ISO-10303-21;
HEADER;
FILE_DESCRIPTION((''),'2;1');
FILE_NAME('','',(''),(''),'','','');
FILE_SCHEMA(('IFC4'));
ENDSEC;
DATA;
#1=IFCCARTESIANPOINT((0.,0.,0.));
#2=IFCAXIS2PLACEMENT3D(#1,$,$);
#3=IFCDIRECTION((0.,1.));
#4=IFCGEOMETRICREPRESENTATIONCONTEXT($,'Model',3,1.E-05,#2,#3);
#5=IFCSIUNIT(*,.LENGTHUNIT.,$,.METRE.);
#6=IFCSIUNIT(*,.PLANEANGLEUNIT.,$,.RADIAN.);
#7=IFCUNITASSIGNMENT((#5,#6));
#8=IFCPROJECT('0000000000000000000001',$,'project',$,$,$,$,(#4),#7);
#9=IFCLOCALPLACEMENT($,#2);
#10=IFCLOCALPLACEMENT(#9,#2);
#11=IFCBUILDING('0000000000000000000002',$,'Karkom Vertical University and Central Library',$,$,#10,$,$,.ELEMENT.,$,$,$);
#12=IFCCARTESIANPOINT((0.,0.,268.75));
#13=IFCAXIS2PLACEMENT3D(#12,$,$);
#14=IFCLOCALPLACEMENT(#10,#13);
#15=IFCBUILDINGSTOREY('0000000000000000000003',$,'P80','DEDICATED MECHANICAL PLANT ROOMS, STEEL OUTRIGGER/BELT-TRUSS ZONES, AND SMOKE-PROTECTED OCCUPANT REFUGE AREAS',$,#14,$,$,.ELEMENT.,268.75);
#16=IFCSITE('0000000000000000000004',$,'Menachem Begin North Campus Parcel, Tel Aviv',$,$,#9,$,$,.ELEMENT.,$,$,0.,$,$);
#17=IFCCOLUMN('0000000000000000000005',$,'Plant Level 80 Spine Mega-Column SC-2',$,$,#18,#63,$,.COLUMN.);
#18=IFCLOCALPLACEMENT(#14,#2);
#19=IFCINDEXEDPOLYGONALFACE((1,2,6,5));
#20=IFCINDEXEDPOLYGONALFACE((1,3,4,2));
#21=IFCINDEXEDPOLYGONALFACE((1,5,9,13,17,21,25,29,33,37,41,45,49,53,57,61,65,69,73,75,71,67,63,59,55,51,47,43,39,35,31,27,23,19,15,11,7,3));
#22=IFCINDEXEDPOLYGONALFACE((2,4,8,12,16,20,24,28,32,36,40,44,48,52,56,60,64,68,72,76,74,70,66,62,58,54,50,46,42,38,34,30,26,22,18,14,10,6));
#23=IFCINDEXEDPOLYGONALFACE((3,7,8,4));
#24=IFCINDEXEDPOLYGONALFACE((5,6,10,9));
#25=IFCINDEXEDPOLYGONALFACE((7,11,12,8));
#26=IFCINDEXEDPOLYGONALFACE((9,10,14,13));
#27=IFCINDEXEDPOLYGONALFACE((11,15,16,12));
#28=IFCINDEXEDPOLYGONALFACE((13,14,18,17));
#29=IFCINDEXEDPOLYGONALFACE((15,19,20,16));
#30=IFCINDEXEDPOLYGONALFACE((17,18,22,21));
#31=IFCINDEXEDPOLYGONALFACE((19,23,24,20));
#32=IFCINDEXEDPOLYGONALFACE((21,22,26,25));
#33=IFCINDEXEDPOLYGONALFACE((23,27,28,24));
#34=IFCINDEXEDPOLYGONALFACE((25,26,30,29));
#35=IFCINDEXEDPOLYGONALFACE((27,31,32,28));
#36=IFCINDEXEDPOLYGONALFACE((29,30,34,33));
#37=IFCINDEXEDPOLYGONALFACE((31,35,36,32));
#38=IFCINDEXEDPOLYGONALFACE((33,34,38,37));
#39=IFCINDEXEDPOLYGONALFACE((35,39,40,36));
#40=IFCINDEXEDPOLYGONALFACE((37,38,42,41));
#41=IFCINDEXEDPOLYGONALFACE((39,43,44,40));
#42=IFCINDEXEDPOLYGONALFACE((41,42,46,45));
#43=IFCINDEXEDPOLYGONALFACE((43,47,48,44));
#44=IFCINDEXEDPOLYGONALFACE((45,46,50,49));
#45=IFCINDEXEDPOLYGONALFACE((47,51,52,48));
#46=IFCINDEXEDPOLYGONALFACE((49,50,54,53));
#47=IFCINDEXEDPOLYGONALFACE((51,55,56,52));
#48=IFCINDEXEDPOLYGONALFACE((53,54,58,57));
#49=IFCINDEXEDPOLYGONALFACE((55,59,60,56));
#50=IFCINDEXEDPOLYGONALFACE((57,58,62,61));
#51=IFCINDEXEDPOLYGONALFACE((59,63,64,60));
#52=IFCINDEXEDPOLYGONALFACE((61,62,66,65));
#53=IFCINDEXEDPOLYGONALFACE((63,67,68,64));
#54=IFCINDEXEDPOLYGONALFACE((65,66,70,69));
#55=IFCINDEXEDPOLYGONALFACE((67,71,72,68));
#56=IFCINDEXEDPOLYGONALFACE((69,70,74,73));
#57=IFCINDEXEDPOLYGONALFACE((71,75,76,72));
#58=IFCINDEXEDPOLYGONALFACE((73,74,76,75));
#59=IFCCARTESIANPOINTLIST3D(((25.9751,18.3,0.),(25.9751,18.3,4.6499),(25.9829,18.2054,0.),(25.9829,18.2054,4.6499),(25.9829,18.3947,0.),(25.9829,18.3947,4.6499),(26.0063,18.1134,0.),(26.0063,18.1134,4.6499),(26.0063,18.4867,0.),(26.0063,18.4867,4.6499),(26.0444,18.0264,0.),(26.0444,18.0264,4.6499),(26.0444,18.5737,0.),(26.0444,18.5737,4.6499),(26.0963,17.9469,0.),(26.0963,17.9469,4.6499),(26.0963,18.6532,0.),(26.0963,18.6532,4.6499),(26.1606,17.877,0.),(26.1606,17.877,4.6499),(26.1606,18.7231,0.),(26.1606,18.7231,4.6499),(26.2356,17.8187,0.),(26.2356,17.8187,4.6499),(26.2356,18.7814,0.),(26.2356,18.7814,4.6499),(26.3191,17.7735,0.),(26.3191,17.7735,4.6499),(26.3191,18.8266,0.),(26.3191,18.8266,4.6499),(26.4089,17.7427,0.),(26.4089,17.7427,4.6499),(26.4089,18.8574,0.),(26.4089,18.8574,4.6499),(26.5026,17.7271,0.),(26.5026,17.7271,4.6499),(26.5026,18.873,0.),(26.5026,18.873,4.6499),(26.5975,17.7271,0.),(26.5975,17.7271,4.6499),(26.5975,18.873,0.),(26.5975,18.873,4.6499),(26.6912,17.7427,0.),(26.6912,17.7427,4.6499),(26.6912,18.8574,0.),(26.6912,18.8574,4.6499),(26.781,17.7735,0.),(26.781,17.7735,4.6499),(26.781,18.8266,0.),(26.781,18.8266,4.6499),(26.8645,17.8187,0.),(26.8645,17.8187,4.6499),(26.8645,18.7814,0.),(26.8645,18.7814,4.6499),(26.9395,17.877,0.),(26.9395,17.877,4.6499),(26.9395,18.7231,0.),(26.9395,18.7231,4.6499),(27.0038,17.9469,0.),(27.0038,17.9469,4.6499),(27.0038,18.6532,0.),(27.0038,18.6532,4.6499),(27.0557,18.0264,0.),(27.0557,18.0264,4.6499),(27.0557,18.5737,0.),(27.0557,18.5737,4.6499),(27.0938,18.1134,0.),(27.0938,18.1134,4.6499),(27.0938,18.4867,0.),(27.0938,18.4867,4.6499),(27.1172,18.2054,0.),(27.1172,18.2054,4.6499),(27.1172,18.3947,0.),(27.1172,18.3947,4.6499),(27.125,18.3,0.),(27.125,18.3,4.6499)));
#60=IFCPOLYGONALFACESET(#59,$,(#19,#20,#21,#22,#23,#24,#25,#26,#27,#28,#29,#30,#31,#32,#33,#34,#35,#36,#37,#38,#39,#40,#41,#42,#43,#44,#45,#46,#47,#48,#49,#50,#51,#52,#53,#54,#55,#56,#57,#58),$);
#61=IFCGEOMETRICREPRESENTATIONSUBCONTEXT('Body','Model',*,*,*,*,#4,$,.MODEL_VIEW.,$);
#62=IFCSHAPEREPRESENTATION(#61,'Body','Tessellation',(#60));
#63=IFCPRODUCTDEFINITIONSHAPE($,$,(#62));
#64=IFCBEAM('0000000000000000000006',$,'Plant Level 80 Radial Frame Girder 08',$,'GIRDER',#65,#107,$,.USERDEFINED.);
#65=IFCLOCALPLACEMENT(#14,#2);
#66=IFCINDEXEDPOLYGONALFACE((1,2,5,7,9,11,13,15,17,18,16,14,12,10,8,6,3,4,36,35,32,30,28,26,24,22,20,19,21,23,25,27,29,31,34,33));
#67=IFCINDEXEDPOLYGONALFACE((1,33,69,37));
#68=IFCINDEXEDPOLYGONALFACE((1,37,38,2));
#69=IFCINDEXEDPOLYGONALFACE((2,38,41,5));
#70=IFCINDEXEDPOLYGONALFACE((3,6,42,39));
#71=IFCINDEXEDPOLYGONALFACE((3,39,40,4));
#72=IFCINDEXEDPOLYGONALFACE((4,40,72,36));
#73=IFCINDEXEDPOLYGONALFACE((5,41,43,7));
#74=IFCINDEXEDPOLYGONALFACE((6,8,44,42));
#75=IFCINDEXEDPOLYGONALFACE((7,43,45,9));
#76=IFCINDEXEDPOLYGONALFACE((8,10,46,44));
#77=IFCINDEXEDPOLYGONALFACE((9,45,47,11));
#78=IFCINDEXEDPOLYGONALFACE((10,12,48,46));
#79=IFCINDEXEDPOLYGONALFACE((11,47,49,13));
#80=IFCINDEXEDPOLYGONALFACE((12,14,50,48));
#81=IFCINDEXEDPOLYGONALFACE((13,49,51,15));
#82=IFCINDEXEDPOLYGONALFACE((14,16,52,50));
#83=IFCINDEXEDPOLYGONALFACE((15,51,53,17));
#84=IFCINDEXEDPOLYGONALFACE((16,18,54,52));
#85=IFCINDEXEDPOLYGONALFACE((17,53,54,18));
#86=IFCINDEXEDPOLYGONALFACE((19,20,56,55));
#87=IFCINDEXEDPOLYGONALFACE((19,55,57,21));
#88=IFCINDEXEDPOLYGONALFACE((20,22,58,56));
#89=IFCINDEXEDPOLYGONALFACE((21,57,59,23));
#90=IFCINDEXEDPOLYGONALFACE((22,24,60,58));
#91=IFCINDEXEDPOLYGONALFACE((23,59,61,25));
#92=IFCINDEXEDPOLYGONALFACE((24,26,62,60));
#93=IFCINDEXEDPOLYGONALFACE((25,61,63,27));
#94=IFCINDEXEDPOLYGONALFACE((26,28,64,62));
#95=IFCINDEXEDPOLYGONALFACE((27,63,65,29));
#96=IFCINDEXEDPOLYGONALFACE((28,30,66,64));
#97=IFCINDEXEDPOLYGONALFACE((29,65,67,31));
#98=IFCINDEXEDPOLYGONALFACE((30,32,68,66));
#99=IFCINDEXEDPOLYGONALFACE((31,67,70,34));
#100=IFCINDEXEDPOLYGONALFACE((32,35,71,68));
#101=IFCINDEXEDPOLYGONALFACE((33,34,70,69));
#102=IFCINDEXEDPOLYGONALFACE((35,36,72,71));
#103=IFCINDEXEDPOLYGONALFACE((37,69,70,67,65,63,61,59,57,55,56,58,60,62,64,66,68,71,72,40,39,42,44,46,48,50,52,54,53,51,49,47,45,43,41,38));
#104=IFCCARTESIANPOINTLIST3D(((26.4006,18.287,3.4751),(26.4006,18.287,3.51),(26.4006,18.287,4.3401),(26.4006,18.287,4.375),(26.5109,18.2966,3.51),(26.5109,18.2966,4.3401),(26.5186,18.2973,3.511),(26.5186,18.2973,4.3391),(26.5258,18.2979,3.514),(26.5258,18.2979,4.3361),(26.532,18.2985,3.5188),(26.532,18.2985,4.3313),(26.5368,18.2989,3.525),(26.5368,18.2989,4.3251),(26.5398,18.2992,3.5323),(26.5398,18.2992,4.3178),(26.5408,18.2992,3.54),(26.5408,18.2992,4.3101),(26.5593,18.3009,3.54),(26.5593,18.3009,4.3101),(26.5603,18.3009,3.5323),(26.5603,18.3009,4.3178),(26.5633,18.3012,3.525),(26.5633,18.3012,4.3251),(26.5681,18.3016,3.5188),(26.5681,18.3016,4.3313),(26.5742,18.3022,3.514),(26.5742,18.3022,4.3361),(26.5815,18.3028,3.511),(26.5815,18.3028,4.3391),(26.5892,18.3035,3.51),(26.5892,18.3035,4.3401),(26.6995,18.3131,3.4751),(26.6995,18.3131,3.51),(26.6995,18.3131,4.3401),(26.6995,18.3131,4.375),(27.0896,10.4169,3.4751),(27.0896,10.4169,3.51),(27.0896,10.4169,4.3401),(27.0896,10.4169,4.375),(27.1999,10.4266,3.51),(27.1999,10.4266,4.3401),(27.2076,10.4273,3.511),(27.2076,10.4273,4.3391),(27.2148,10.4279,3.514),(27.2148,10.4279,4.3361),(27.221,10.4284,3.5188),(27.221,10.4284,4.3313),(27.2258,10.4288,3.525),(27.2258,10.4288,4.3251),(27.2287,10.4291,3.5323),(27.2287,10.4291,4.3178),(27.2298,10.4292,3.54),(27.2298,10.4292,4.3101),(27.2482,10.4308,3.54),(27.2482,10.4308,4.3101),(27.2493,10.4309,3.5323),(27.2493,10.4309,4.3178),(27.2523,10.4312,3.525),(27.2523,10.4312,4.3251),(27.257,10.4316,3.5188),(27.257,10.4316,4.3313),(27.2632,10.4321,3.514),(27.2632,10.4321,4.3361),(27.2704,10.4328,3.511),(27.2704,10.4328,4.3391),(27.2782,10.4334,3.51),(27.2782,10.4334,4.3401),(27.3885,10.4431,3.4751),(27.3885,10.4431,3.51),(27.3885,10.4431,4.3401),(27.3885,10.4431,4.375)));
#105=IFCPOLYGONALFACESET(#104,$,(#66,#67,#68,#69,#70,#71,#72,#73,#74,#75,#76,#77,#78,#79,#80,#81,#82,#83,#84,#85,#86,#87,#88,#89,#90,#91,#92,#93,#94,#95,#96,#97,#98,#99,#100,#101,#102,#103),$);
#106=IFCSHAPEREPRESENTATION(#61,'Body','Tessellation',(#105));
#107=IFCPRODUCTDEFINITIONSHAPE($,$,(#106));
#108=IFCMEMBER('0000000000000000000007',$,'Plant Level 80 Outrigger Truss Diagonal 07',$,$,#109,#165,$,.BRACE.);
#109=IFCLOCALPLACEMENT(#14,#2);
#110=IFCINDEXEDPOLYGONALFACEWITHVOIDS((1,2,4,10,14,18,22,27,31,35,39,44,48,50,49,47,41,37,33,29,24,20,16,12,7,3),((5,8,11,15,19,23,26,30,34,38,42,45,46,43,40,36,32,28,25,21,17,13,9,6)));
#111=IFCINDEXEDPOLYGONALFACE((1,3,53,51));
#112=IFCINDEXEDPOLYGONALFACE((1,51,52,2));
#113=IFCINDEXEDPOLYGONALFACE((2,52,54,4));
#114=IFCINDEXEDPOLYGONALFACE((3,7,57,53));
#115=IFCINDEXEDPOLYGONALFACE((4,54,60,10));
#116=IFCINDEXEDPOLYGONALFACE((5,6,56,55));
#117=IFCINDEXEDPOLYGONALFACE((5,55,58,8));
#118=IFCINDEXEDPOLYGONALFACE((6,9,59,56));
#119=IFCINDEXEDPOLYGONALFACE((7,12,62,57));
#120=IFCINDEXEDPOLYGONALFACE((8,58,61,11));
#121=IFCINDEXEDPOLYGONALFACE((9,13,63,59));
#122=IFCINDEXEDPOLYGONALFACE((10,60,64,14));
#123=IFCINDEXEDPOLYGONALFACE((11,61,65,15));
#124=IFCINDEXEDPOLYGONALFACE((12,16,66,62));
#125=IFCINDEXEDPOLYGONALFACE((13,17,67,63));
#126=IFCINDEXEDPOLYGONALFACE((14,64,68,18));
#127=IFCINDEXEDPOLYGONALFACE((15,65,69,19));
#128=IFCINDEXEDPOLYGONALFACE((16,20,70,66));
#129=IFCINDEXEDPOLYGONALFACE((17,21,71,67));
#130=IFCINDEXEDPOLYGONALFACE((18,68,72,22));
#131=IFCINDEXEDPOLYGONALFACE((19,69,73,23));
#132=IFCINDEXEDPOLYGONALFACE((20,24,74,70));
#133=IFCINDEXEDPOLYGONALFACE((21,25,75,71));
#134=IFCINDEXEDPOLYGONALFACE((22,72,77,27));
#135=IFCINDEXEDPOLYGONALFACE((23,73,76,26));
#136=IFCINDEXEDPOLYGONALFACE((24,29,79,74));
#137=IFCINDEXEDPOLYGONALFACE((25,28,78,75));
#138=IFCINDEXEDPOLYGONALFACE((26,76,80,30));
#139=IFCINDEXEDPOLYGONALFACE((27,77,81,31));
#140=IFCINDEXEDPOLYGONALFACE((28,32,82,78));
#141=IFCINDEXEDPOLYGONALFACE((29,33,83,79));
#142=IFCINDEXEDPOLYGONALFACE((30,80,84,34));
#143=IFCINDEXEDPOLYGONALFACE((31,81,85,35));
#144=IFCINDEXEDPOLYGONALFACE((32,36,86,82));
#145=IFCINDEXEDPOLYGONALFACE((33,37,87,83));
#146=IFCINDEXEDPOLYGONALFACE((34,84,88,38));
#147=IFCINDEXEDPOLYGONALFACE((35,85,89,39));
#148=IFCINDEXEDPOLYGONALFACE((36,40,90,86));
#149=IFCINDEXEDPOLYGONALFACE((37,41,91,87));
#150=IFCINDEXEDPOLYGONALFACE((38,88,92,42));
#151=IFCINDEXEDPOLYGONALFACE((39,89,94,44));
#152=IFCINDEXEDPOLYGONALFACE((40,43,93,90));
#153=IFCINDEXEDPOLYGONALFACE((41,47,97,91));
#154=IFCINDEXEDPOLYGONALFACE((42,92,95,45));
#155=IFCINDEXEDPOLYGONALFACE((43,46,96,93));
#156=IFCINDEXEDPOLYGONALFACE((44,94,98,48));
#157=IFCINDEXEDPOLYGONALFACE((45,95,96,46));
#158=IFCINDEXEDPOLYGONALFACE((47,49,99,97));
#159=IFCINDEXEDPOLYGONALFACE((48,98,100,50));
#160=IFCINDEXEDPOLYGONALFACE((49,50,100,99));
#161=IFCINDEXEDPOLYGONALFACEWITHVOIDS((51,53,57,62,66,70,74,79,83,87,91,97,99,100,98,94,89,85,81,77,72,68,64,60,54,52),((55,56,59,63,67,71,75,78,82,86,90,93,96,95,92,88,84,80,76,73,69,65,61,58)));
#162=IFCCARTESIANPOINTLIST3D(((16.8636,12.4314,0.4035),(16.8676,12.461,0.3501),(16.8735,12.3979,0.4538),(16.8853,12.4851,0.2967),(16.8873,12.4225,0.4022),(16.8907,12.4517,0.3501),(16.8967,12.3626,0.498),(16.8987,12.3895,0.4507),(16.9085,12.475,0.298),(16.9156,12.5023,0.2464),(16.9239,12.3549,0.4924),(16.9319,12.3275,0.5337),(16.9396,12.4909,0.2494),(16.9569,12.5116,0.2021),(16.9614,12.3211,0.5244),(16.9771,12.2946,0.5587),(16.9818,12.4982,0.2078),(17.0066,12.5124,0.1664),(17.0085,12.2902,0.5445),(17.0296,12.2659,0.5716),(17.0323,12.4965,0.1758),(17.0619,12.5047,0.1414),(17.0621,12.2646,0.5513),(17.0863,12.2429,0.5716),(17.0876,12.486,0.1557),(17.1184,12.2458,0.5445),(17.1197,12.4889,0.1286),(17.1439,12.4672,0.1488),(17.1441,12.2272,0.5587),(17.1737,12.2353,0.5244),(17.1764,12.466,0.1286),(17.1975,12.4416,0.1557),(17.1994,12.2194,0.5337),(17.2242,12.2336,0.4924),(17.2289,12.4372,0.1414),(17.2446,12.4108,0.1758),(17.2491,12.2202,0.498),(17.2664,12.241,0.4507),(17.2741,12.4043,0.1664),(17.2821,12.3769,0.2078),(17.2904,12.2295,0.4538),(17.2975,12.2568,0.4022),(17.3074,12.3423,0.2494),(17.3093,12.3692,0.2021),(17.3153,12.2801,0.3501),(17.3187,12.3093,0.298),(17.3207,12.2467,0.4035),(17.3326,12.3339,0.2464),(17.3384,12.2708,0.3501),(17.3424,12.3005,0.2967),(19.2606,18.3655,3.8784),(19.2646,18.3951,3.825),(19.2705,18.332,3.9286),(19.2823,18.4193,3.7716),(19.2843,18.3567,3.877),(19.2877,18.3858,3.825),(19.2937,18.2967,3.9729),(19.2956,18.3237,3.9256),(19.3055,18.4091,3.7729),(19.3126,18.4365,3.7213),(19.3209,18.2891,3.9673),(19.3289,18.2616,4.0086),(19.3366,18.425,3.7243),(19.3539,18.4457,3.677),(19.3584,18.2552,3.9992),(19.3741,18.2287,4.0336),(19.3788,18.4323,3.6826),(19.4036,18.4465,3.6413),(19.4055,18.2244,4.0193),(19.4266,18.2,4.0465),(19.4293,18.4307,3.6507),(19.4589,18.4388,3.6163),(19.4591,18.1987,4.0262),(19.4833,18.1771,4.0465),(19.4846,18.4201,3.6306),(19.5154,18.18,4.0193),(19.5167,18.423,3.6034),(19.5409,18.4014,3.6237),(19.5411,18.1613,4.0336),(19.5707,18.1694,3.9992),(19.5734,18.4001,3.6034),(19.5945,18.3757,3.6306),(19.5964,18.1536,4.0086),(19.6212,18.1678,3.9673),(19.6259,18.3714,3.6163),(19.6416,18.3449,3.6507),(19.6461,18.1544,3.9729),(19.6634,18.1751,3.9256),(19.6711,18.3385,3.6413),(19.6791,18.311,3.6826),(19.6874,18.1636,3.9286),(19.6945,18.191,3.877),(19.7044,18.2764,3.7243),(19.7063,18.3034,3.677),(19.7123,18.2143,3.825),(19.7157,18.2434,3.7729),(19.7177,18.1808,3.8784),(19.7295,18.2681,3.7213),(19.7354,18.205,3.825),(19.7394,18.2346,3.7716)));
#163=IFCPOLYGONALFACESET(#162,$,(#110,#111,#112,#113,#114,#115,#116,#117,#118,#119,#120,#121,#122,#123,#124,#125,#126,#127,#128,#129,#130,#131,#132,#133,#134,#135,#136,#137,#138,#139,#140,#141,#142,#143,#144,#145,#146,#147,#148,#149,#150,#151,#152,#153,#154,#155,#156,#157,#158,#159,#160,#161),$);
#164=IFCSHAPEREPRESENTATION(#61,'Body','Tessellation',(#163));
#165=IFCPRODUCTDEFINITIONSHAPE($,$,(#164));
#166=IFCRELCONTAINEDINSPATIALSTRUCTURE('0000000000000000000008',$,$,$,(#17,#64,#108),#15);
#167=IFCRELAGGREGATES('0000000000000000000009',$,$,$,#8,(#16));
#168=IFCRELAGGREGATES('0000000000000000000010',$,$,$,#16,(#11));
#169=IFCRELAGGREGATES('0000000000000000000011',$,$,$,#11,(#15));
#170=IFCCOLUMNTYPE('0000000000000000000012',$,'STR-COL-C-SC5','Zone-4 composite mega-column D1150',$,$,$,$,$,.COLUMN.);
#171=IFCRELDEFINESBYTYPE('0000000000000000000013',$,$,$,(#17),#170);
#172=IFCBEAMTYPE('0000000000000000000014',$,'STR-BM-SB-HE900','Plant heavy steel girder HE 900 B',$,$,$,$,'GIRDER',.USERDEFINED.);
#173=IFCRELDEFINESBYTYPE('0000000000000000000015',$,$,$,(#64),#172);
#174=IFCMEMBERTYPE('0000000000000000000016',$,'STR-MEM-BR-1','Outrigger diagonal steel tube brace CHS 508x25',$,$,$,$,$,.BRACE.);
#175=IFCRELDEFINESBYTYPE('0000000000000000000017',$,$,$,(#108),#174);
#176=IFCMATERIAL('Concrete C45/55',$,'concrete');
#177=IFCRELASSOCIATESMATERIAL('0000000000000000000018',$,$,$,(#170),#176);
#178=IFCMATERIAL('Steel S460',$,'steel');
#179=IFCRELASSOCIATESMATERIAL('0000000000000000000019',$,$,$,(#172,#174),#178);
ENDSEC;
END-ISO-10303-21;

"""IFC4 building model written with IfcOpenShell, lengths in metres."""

from ifc_helpers import new_model, si_unit, direction, frame, origin, origin_with_axes, origin_2d, place, context, subcontext, project, spatial, circle, hollow_circle, i_section, extrude, source, transform, mapped, material, material_profile, profile_set, type_object, element, save


model = new_model("IFC4")

# Units and contexts
model_context = context("Model", 3, precision=1e-05, world=origin(), true_north=direction((0.0, 1.0)))
body_context = subcontext(model_context, "Body", "Model", "MODEL_VIEW")
ifc_project = project(units=[si_unit("LENGTHUNIT", "METRE"), si_unit("PLANEANGLEUNIT", "RADIAN")], contexts=[model_context])

# Site, building, storey
site_placement = place(None, origin())
site = spatial("IfcSite", under=ifc_project, at=site_placement, Name="Menachem Begin North Campus Parcel, Tel Aviv", CompositionType="ELEMENT", RefElevation=0.0)
building_placement = place(site_placement, origin())
building = spatial("IfcBuilding", under=site, at=building_placement, Name="Karkom Vertical University and Central Library", CompositionType="ELEMENT")
storey_placement = place(building_placement, frame((0.0, 0.0, 268.75)))
storey = spatial("IfcBuildingStorey", under=building, at=storey_placement, Name="P80", Description="DEDICATED MECHANICAL PLANT ROOMS, STEEL OUTRIGGER/BELT-TRUSS ZONES, AND SMOKE-PROTECTED OCCUPANT REFUGE AREAS", CompositionType="ELEMENT", Elevation=268.75)

# Column
ifc_material_1 = material(Name="Concrete C45/55", Category="concrete")
ifc_material_profile_1 = material_profile(ifc_material_1, circle(Radius=0.575, at=origin_2d()), Name="CFT-D1150")
ifc_profile_set_1 = profile_set([ifc_material_profile_1], Name="Concrete C45/55")
column_type = type_object("IfcColumnType", Name="STR-COL-C-SC5", Description="Zone-4 composite mega-column D1150", PredefinedType="COLUMN", material=ifc_profile_set_1)
shared_shape_1 = source(origin_with_axes(), body_context, "Body", "SweptSolid", [
    extrude(circle(Radius=0.575, at=origin_2d()), origin(), (0.0, 0.0, 1.0), 4.6499),
])
column_placement = place(storey_placement, frame((26.55, 18.3, 0.0), z_axis=(0.0, 0.0, 1.0), x_axis=(1.0, 0.0, 0.0)))
element("IfcColumn", 1, at=column_placement, inside=storey, type_object=column_type, Name="Plant Level 80 Spine Mega-Column SC-2", PredefinedType="COLUMN", context=body_context, shape_type="MappedRepresentation", body=[
    mapped(shared_shape_1, transform((0.0, 0.0, 0.0), scale=1.0)),
])

# Beam
ifc_material_2 = material(Name="Steel S460", Category="steel")
ifc_material_profile_2 = material_profile(ifc_material_2, i_section(OverallWidth=0.3, OverallDepth=0.8999, WebThickness=0.0186, FlangeThickness=0.0349, FilletRadius=0.03, at=origin_2d()), Name="HE 900 B")
ifc_profile_set_2 = profile_set([ifc_material_profile_2], Name="Steel S460")
beam_type = type_object("IfcBeamType", Name="STR-BM-SB-HE900", Description="Plant heavy steel girder HE 900 B", ElementType="GIRDER", PredefinedType="USERDEFINED", material=ifc_profile_set_2)
shared_shape_2 = source(origin_with_axes(), body_context, "Body", "SweptSolid", [
    extrude(i_section(OverallWidth=0.3, OverallDepth=0.8999, WebThickness=0.0186, FlangeThickness=0.0349, FilletRadius=0.03, at=origin_2d()), origin(), (0.0, 0.0, 1.0), 7.9001),
])
beam_placement = place(storey_placement, frame((26.55, 18.3, 3.925), z_axis=(0.087208, -0.99619, 0.0), x_axis=(0.99619, 0.087208, 0.0)))
element("IfcBeam", 2, at=beam_placement, inside=storey, type_object=beam_type, Name="Plant Level 80 Radial Frame Girder 08", ObjectType="GIRDER", PredefinedType="USERDEFINED", context=body_context, shape_type="MappedRepresentation", body=[
    mapped(shared_shape_2, transform((0.0, 0.0, 0.0), scale=1.0)),
])

# Member
ifc_material_profile_3 = material_profile(ifc_material_2, hollow_circle(Radius=0.2539, WallThickness=0.0249, at=origin_2d()), Name="CHS 508x25")
ifc_profile_set_3 = profile_set([ifc_material_profile_3], Name="Steel S460")
member_type = type_object("IfcMemberType", Name="STR-MEM-BR-1", Description="Outrigger diagonal steel tube brace CHS 508x25", PredefinedType="BRACE", material=ifc_profile_set_3)
shared_shape_3 = source(origin_with_axes(), body_context, "Body", "SweptSolid", [
    extrude(hollow_circle(Radius=0.2539, WallThickness=0.0249, at=origin_2d()), origin(), (0.0, 0.0, 1.0), 7.2825),
])
member_1_placement = place(storey_placement, frame((19.5, 18.3, 3.825), z_axis=(-0.329146, -0.814852, -0.477157), x_axis=(0.927214, -0.374532, 0.0)))
element("IfcMember", 3, at=member_1_placement, inside=storey, type_object=member_type, Name="Plant Level 80 Outrigger Truss Diagonal 07", PredefinedType="BRACE", context=body_context, shape_type="MappedRepresentation", body=[
    mapped(shared_shape_3, transform((0.0, 0.0, 0.0), scale=1.0)),
])

save(model, "model.ifc")
